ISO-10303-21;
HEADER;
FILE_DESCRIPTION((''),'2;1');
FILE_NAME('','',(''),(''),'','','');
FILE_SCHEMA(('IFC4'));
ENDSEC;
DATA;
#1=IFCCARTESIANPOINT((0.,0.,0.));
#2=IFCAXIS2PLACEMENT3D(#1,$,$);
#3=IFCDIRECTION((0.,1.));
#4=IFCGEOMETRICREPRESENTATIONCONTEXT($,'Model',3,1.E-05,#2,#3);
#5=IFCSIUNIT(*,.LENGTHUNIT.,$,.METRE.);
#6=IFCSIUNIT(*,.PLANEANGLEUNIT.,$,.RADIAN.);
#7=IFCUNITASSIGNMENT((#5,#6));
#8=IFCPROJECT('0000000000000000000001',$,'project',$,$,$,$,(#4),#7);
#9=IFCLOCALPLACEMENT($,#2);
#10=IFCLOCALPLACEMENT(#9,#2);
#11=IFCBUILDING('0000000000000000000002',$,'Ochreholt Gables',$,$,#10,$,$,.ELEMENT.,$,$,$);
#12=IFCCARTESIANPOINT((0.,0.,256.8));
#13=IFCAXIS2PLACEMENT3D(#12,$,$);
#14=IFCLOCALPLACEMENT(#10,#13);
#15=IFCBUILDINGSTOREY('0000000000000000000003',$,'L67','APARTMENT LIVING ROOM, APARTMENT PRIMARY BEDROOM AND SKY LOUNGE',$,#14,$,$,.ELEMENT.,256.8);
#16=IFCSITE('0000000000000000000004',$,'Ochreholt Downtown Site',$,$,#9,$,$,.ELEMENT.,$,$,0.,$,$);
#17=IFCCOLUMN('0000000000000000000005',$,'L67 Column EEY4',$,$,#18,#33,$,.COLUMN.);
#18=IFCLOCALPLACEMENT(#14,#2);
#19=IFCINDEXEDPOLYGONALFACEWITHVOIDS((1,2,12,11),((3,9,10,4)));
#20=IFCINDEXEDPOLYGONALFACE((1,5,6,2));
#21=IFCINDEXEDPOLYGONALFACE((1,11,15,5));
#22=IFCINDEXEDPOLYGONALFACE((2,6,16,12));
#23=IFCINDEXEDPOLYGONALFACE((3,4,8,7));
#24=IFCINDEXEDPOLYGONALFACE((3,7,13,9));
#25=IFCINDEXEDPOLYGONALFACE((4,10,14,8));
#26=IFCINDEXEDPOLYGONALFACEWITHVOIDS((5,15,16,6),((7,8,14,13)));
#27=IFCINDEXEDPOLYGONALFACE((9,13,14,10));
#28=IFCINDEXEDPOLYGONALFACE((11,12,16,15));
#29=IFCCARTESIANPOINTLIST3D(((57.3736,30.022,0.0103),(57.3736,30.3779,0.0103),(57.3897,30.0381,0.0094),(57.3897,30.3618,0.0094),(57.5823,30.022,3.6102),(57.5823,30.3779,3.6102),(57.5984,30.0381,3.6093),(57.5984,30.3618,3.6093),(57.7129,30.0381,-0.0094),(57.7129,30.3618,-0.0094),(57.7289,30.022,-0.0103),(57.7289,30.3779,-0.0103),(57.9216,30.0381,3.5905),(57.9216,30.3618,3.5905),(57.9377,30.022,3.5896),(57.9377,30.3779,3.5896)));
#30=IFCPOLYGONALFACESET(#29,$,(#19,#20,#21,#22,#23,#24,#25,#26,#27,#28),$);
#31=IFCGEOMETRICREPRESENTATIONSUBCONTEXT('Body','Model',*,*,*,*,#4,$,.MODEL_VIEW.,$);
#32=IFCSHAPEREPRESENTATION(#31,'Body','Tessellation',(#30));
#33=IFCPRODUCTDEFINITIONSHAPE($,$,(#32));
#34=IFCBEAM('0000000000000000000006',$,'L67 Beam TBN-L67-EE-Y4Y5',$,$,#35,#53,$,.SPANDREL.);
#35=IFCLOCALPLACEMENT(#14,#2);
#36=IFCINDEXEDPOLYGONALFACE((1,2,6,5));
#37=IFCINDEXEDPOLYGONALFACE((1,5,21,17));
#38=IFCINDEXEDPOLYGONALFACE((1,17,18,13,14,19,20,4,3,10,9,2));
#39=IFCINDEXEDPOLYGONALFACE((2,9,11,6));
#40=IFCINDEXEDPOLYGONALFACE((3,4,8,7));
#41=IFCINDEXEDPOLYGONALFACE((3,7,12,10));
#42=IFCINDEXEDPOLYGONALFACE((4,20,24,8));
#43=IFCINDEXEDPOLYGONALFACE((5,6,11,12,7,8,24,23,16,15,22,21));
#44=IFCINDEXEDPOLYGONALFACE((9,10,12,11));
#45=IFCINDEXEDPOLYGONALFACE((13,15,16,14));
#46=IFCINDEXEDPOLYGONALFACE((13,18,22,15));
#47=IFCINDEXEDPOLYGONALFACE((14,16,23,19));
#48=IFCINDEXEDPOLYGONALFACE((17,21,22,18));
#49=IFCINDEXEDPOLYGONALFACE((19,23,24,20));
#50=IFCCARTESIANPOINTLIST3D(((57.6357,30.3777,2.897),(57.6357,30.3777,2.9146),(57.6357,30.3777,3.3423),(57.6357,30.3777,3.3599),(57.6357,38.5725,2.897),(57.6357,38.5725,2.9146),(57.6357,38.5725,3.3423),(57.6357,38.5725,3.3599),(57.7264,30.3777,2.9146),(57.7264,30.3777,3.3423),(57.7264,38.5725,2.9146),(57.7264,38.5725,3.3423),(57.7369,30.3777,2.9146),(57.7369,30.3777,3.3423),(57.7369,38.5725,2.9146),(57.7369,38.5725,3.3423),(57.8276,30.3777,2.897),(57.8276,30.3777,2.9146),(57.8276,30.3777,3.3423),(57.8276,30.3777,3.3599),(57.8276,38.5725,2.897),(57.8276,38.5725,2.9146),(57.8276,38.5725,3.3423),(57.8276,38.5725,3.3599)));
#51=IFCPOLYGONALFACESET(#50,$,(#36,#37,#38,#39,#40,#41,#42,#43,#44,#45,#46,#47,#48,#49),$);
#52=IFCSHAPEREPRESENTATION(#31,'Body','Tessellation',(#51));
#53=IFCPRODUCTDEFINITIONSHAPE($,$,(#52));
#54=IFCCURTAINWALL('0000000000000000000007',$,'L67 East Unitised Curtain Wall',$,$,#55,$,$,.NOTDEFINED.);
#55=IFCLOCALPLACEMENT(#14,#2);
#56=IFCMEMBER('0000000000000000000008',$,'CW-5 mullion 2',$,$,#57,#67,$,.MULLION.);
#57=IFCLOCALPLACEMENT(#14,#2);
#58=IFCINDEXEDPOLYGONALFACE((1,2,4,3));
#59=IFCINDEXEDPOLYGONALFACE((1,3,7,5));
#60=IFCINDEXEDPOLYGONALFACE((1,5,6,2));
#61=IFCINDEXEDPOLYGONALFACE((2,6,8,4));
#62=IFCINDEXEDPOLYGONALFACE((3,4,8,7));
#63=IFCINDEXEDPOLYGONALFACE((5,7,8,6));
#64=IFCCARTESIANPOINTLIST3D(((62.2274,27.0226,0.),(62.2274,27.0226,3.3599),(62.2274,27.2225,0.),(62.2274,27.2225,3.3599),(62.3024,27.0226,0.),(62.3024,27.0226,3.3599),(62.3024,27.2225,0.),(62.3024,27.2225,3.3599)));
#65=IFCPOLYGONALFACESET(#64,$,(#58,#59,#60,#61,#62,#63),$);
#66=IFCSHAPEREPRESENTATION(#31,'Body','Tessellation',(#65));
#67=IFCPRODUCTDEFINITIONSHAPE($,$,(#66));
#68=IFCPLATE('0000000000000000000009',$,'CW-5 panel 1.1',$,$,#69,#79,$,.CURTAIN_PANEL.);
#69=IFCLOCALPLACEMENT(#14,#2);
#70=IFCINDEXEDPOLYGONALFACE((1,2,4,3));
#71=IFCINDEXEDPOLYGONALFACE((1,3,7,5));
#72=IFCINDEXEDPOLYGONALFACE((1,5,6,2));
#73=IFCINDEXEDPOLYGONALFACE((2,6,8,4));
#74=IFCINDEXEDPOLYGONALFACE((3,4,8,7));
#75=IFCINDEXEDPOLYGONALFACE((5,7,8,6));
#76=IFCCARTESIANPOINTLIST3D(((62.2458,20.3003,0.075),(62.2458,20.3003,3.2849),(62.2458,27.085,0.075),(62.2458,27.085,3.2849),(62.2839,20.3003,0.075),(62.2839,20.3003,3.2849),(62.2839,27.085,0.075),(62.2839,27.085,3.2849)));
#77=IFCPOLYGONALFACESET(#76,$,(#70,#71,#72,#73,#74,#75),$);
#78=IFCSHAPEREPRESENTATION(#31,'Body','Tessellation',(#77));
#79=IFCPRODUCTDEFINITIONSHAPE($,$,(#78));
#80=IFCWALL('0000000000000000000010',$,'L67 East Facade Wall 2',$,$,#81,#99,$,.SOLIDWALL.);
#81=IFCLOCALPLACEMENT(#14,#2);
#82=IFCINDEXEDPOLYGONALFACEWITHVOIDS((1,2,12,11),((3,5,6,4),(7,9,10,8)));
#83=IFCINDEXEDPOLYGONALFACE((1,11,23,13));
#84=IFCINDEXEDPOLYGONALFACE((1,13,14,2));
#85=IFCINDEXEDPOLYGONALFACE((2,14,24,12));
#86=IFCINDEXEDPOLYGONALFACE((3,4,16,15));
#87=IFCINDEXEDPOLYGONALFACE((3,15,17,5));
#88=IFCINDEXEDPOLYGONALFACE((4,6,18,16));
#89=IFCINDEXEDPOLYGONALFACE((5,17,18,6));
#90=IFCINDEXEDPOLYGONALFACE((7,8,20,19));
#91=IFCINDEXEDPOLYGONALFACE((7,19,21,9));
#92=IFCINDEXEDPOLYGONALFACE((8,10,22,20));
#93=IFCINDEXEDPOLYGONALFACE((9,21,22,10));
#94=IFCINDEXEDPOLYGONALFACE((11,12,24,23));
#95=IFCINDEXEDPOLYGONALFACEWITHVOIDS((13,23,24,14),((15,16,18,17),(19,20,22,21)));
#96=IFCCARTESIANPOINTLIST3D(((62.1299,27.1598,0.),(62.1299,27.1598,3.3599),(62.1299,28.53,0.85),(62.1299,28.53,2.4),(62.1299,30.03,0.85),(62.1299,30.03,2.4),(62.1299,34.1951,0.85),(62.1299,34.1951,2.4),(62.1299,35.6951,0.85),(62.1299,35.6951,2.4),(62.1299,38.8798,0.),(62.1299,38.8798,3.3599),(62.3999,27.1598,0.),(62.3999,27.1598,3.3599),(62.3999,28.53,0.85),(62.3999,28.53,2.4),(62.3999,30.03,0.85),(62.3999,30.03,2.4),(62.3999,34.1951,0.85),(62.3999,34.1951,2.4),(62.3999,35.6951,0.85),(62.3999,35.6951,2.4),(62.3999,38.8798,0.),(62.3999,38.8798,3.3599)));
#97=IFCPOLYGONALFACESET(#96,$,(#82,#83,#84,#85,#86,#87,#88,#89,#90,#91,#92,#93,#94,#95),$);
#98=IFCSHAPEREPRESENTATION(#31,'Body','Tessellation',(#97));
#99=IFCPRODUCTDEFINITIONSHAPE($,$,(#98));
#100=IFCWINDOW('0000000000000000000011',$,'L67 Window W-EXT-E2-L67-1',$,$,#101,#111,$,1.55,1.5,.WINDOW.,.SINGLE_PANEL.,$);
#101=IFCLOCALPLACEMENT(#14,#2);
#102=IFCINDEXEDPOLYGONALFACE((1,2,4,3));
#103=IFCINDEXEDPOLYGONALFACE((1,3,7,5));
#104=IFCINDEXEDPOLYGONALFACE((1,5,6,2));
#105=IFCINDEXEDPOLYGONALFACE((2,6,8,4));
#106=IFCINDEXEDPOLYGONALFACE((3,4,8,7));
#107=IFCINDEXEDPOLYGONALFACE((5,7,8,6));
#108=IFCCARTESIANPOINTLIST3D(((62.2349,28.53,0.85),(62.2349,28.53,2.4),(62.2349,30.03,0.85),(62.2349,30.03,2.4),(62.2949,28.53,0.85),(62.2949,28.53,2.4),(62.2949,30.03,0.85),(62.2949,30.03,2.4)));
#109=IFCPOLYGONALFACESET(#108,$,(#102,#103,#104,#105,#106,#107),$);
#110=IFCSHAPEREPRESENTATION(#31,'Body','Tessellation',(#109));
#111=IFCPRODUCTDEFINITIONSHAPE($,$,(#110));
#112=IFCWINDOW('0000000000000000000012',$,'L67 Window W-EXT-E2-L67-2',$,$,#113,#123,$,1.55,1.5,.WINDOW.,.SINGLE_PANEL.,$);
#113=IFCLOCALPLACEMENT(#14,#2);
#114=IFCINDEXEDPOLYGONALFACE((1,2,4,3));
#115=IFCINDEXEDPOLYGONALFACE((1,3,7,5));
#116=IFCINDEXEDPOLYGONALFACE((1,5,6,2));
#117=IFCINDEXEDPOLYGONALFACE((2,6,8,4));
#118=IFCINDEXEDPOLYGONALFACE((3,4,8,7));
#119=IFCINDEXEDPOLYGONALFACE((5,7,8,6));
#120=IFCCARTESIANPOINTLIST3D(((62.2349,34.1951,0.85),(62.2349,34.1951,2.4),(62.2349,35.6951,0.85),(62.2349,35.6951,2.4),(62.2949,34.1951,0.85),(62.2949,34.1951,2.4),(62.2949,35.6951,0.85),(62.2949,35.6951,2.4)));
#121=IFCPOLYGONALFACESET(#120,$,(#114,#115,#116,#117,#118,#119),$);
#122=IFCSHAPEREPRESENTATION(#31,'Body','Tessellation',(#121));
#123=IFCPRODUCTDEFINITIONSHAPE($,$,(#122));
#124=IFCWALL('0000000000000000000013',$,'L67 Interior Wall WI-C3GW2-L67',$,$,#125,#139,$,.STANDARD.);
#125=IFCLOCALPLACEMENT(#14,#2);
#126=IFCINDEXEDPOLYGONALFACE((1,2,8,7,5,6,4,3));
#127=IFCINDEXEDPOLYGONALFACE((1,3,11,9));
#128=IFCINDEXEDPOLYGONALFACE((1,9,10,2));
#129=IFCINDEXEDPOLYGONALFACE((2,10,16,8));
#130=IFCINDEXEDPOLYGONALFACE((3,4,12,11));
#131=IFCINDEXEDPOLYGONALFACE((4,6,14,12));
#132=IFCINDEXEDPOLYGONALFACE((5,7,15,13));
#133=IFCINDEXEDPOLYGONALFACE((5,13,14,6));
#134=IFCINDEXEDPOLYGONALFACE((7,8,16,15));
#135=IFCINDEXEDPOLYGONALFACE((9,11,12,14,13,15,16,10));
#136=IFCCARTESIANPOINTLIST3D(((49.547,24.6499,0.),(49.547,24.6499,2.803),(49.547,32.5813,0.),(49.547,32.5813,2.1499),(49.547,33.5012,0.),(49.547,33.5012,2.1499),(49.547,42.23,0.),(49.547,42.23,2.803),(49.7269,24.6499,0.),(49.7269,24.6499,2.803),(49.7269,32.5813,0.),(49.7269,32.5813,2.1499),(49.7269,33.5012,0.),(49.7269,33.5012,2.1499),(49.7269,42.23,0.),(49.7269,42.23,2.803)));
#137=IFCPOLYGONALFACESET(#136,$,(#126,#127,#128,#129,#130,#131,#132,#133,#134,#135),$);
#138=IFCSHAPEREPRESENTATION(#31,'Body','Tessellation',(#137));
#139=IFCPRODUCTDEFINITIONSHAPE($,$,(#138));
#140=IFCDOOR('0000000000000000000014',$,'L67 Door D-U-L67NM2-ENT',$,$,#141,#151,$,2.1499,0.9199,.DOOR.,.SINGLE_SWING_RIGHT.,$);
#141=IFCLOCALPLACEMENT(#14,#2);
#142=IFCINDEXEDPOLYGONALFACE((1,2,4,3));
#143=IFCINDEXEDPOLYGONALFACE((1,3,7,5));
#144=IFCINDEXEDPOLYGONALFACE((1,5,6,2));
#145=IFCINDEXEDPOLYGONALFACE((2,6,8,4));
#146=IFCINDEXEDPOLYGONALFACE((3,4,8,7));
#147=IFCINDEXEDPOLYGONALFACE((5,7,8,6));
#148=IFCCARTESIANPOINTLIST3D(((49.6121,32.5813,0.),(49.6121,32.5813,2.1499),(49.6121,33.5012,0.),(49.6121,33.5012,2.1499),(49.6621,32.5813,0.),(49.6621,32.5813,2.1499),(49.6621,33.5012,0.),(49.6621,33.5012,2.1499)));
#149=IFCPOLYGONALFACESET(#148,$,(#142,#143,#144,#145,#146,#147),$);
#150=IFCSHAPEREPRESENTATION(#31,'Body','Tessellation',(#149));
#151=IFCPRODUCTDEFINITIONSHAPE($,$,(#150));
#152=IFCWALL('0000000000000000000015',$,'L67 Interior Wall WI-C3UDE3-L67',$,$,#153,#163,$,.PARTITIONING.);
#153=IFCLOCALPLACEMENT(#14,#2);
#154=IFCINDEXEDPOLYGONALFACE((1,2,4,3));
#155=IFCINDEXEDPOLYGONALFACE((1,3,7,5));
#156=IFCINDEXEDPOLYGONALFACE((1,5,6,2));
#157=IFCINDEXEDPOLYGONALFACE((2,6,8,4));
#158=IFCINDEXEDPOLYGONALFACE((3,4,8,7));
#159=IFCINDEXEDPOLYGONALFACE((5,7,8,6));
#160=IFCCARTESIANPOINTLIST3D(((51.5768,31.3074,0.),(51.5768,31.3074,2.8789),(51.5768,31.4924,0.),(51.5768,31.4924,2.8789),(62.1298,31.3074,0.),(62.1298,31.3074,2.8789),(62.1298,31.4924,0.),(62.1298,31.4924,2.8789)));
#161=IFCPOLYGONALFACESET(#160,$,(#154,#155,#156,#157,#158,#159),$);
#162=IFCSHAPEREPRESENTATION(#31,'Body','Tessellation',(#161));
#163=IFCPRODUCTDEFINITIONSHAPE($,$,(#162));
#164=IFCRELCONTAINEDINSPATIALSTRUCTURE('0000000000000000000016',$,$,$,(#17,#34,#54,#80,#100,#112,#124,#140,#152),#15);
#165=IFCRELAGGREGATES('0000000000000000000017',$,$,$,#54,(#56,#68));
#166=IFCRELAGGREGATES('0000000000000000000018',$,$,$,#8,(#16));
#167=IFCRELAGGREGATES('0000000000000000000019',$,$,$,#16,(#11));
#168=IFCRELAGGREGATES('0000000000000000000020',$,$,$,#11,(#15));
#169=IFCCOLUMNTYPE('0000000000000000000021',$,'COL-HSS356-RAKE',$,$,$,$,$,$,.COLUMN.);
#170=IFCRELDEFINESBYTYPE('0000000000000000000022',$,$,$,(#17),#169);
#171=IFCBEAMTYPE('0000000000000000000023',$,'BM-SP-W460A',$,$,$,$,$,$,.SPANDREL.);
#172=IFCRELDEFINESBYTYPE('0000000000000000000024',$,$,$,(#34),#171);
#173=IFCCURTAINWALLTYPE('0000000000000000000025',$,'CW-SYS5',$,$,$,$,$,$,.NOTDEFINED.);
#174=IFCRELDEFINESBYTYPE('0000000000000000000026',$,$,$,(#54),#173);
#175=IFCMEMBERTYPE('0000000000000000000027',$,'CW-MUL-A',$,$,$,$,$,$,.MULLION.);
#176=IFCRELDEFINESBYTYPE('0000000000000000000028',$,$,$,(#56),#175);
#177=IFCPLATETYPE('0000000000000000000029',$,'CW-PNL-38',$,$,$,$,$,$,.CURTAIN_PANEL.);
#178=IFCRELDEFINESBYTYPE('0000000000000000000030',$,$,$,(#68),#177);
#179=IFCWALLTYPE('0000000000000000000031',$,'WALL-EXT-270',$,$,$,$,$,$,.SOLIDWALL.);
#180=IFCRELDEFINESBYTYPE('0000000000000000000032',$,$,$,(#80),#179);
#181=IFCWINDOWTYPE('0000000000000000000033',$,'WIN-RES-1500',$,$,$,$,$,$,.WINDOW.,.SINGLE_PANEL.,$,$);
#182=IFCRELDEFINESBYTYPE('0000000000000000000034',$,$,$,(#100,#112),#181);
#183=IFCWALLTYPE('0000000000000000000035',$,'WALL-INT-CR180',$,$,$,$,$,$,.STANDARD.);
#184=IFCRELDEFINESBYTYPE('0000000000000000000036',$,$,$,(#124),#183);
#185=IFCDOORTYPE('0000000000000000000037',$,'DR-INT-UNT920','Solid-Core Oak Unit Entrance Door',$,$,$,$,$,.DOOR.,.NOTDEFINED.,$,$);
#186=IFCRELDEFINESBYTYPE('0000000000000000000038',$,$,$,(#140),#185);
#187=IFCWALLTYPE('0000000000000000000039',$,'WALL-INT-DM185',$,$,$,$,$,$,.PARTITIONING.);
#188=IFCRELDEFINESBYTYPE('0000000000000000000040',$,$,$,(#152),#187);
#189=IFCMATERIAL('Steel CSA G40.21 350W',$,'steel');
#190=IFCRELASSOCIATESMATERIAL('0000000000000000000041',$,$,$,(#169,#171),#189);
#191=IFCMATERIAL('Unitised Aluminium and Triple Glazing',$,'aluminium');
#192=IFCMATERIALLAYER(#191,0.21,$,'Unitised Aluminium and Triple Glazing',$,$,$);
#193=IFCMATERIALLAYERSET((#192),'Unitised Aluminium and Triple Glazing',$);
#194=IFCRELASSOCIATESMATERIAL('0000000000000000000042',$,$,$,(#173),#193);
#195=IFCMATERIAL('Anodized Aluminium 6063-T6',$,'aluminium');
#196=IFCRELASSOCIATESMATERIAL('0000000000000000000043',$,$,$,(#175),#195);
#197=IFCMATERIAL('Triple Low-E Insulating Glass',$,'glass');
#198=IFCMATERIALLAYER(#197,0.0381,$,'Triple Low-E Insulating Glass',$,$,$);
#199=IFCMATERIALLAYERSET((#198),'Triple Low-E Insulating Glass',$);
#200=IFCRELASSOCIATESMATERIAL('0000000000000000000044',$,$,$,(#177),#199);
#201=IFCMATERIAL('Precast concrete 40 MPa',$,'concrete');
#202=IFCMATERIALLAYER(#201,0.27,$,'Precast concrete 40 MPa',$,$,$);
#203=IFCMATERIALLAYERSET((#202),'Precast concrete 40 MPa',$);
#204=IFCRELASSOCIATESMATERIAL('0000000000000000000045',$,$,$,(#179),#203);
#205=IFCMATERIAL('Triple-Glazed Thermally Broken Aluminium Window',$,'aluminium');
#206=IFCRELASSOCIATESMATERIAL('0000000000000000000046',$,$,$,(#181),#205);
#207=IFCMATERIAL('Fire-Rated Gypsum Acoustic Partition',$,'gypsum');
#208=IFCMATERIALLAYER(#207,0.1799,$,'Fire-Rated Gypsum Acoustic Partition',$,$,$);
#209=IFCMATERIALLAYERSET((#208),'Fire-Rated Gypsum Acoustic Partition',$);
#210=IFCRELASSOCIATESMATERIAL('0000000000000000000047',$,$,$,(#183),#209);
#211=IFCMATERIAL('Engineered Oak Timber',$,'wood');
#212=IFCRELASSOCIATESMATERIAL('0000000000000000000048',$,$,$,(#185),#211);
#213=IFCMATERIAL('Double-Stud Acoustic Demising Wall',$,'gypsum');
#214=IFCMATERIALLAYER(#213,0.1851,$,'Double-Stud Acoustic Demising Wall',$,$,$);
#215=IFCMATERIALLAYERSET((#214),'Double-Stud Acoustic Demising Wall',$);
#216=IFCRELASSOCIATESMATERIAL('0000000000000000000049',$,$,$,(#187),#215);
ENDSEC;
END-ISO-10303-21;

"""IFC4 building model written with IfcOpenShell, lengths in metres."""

from ifc_helpers import new_model, si_unit, direction, frame, frame_2d, origin, origin_2d, place, context, subcontext, project, spatial, rectangle, hollow_rectangle, i_section, extrude, material, layer, layer_set, material_profile, profile_set, type_object, element, fill, aggregate, save


model = new_model("IFC4")

# Units and contexts
model_context = context("Model", 3, precision=1e-05, world=origin(), true_north=direction((0.0, 1.0)))
body_context = subcontext(model_context, "Body", "Model", "MODEL_VIEW")
ifc_project = project(units=[si_unit("LENGTHUNIT", "METRE"), si_unit("PLANEANGLEUNIT", "RADIAN")], contexts=[model_context])

# Site, building, storey
site_placement = place(None, origin())
site = spatial("IfcSite", under=ifc_project, at=site_placement, Name="Ochreholt Downtown Site", CompositionType="ELEMENT", RefElevation=0.0)
building_placement = place(site_placement, origin())
building = spatial("IfcBuilding", under=site, at=building_placement, Name="Ochreholt Gables", CompositionType="ELEMENT")
storey_placement = place(building_placement, frame((0.0, 0.0, 256.8)))
storey = spatial("IfcBuildingStorey", under=building, at=storey_placement, Name="L67", Description="APARTMENT LIVING ROOM, APARTMENT PRIMARY BEDROOM AND SKY LOUNGE", CompositionType="ELEMENT", Elevation=256.8)

# Column
ifc_material_1 = material(Name="Steel CSA G40.21 350W", Category="steel")
ifc_material_profile_1 = material_profile(ifc_material_1, hollow_rectangle(XDim=0.356, YDim=0.356, WallThickness=0.0161, at=origin_2d()), Name="HSS356X356X16")
ifc_profile_set_1 = profile_set([ifc_material_profile_1], Name="Steel CSA G40.21 350W")
column_type = type_object("IfcColumnType", Name="COL-HSS356-RAKE", PredefinedType="COLUMN", material=ifc_profile_set_1)
column_placement = place(storey_placement, frame((57.5513, 30.2, 0.0), z_axis=(0.057889, 0.0, 0.998323), x_axis=(0.0, 1.0, 0.0)))
element("IfcColumn", 1, at=column_placement, inside=storey, type_object=column_type, Name="L67 Column EEY4", PredefinedType="COLUMN", context=body_context, shape_type="SweptSolid", body=[
    extrude(hollow_rectangle(XDim=0.356, YDim=0.356, WallThickness=0.0161, at=origin_2d()), origin(), (0.0, 0.0, 1.0), 3.606),
])

# Beam
ifc_material_profile_2 = material_profile(ifc_material_1, i_section(OverallWidth=0.1919, OverallDepth=0.4629, WebThickness=0.0105, FlangeThickness=0.0176, at=origin_2d()), Name="W460X89")
ifc_profile_set_2 = profile_set([ifc_material_profile_2], Name="Steel CSA G40.21 350W")
beam_type = type_object("IfcBeamType", Name="BM-SP-W460A", PredefinedType="SPANDREL", material=ifc_profile_set_2)
beam_placement = place(storey_placement, frame((57.7317, 30.3777, 3.1284), z_axis=(0.0, 1.0, 0.0), x_axis=(-1.0, 0.0, 0.0)))
element("IfcBeam", 2, at=beam_placement, inside=storey, type_object=beam_type, Name="L67 Beam TBN-L67-EE-Y4Y5", PredefinedType="SPANDREL", context=body_context, shape_type="SweptSolid", body=[
    extrude(i_section(OverallWidth=0.1919, OverallDepth=0.4629, WebThickness=0.0105, FlangeThickness=0.0176, at=origin_2d()), origin(), (0.0, 0.0, 1.0), 8.1948),
])

# Curtain wall, member, plate
ifc_material_2 = material(Name="Unitised Aluminium and Triple Glazing", Category="aluminium")
ifc_layer_1 = layer(ifc_material_2, 0.21, Name="Unitised Aluminium and Triple Glazing")
ifc_layer_set_1 = layer_set([ifc_layer_1], Name="Unitised Aluminium and Triple Glazing")
curtain_wall_type = type_object("IfcCurtainWallType", Name="CW-SYS5", PredefinedType="NOTDEFINED", material=ifc_layer_set_1)
curtain_wall_placement = place(storey_placement, origin())
curtain_wall = element("IfcCurtainWall", 3, at=curtain_wall_placement, inside=storey, type_object=curtain_wall_type, Name="L67 East Unitised Curtain Wall", PredefinedType="NOTDEFINED")
ifc_material_3 = material(Name="Anodized Aluminium 6063-T6", Category="aluminium")
ifc_material_profile_3 = material_profile(ifc_material_3, rectangle(XDim=0.075, YDim=0.2, at=origin_2d()), Name="CWM75X200")
ifc_profile_set_3 = profile_set([ifc_material_profile_3], Name="Anodized Aluminium 6063-T6")
member_type = type_object("IfcMemberType", Name="CW-MUL-A", PredefinedType="MULLION", material=ifc_profile_set_3)
member_placement = place(storey_placement, frame((62.2649, 27.1226, 0.0), z_axis=(0.0, 0.0, 1.0), x_axis=(-1.0, 0.0, 0.0)))
member = element("IfcMember", 4, at=member_placement, type_object=member_type, Name="CW-5 mullion 2", PredefinedType="MULLION", context=body_context, shape_type="SweptSolid", body=[
    extrude(rectangle(XDim=0.075, YDim=0.2, at=origin_2d()), origin(), (0.0, 0.0, 1.0), 3.3599),
])
ifc_material_4 = material(Name="Triple Low-E Insulating Glass", Category="glass")
ifc_layer_2 = layer(ifc_material_4, 0.0381, Name="Triple Low-E Insulating Glass")
ifc_layer_set_2 = layer_set([ifc_layer_2], Name="Triple Low-E Insulating Glass")
plate_type = type_object("IfcPlateType", Name="CW-PNL-38", PredefinedType="CURTAIN_PANEL", material=ifc_layer_set_2)
plate_placement = place(storey_placement, frame((62.2649, 23.6926, 0.075), z_axis=(0.0, 0.0, 1.0), x_axis=(0.0, 1.0, 0.0)))
plate = element("IfcPlate", 5, at=plate_placement, type_object=plate_type, Name="CW-5 panel 1.1", PredefinedType="CURTAIN_PANEL", context=body_context, shape_type="SweptSolid", body=[
    extrude(rectangle(XDim=6.7847, YDim=0.0381, at=origin_2d()), origin(), (0.0, 0.0, 1.0), 3.21),
])
aggregate(curtain_wall, [member, plate])

# Wall, openings, windows
ifc_material_5 = material(Name="Precast concrete 40 MPa", Category="concrete")
ifc_layer_3 = layer(ifc_material_5, 0.27, Name="Precast concrete 40 MPa")
ifc_layer_set_3 = layer_set([ifc_layer_3], Name="Precast concrete 40 MPa")
wall_type_1 = type_object("IfcWallType", Name="WALL-EXT-270", PredefinedType="SOLIDWALL", material=ifc_layer_set_3)
wall_1_placement = place(storey_placement, frame((62.2649, 27.1599, 0.0), z_axis=(0.0, 0.0, 1.0), x_axis=(0.0, 1.0, 0.0)))
wall_1 = element("IfcWall", 6, at=wall_1_placement, inside=storey, type_object=wall_type_1, Name="L67 East Facade Wall 2", PredefinedType="SOLIDWALL", context=body_context, shape_type="SweptSolid", body=[
    extrude(rectangle(XDim=11.72, YDim=0.27, at=frame_2d((5.8599, 0.0))), origin(), (0.0, 0.0, 1.0), 3.3599),
])
opening_1_placement = place(wall_1_placement, frame((1.3701, 0.0, 0.8501)))
opening_1 = element("IfcOpeningElement", 7, at=opening_1_placement, cuts=wall_1, PredefinedType="OPENING", context=body_context, shape_type="SweptSolid", body=[
    extrude(rectangle(XDim=1.5, YDim=1.55, at=frame_2d((0.75, 0.7749))), frame((0.0, 0.145, 0.0), z_axis=(0.0, -1.0, 0.0), x_axis=(1.0, 0.0, 0.0)), (0.0, 0.0, 1.0), 0.29),
])
opening_2_placement = place(wall_1_placement, frame((7.0352, 0.0, 0.8501)))
opening_2 = element("IfcOpeningElement", 8, at=opening_2_placement, cuts=wall_1, PredefinedType="OPENING", context=body_context, shape_type="SweptSolid", body=[
    extrude(rectangle(XDim=1.5, YDim=1.55, at=frame_2d((0.75, 0.7749))), frame((0.0, 0.145, 0.0), z_axis=(0.0, -1.0, 0.0), x_axis=(1.0, 0.0, 0.0)), (0.0, 0.0, 1.0), 0.29),
])
ifc_material_6 = material(Name="Triple-Glazed Thermally Broken Aluminium Window", Category="aluminium")
window_type = type_object("IfcWindowType", Name="WIN-RES-1500", PartitioningType="SINGLE_PANEL", PredefinedType="WINDOW", material=ifc_material_6)
window_1_placement = place(opening_1_placement, origin())
window_1 = element("IfcWindow", 9, at=window_1_placement, inside=storey, type_object=window_type, Name="L67 Window W-EXT-E2-L67-1", OverallHeight=1.55, OverallWidth=1.5, PartitioningType="SINGLE_PANEL", PredefinedType="WINDOW", context=body_context, shape_type="SweptSolid", body=[
    extrude(rectangle(XDim=1.5, YDim=1.55, at=frame_2d((0.75, 0.7749))), frame((0.0, 0.03, 0.0), z_axis=(0.0, -1.0, 0.0), x_axis=(1.0, 0.0, 0.0)), (0.0, 0.0, 1.0), 0.0601),
])
fill(opening_1, window_1)
window_2_placement = place(opening_2_placement, origin())
window_2 = element("IfcWindow", 10, at=window_2_placement, inside=storey, type_object=window_type, Name="L67 Window W-EXT-E2-L67-2", OverallHeight=1.55, OverallWidth=1.5, PartitioningType="SINGLE_PANEL", PredefinedType="WINDOW", context=body_context, shape_type="SweptSolid", body=[
    extrude(rectangle(XDim=1.5, YDim=1.55, at=frame_2d((0.75, 0.7749))), frame((0.0, 0.03, 0.0), z_axis=(0.0, -1.0, 0.0), x_axis=(1.0, 0.0, 0.0)), (0.0, 0.0, 1.0), 0.0601),
])
fill(opening_2, window_2)

# Wall, opening, door
ifc_material_7 = material(Name="Fire-Rated Gypsum Acoustic Partition", Category="gypsum")
ifc_layer_4 = layer(ifc_material_7, 0.1799, Name="Fire-Rated Gypsum Acoustic Partition")
ifc_layer_set_4 = layer_set([ifc_layer_4], Name="Fire-Rated Gypsum Acoustic Partition")
wall_type_2 = type_object("IfcWallType", Name="WALL-INT-CR180", PredefinedType="STANDARD", material=ifc_layer_set_4)
wall_2_placement = place(storey_placement, frame((49.637, 24.6499, 0.0), z_axis=(0.0, 0.0, 1.0), x_axis=(0.0, 1.0, 0.0)))
wall_2 = element("IfcWall", 11, at=wall_2_placement, inside=storey, type_object=wall_type_2, Name="L67 Interior Wall WI-C3GW2-L67", PredefinedType="STANDARD", context=body_context, shape_type="SweptSolid", body=[
    extrude(rectangle(XDim=17.5801, YDim=0.1799, at=frame_2d((8.79, 0.0))), origin(), (0.0, 0.0, 1.0), 2.803),
])
opening_3_placement = place(wall_2_placement, frame((7.9314, 0.0, 0.0)))
opening_3 = element("IfcOpeningElement", 12, at=opening_3_placement, cuts=wall_2, PredefinedType="OPENING", context=body_context, shape_type="SweptSolid", body=[
    extrude(rectangle(XDim=0.9199, YDim=2.1499, at=frame_2d((0.46, 1.075))), frame((0.0, 0.0999, 0.0), z_axis=(0.0, -1.0, 0.0), x_axis=(1.0, 0.0, 0.0)), (0.0, 0.0, 1.0), 0.2),
])
ifc_material_8 = material(Name="Engineered Oak Timber", Category="wood")
door_type_1 = type_object("IfcDoorType", Name="DR-INT-UNT920", Description="Solid-Core Oak Unit Entrance Door", OperationType="NOTDEFINED", PredefinedType="DOOR", material=ifc_material_8)
door_1_placement = place(opening_3_placement, origin())
door_1 = element("IfcDoor", 13, at=door_1_placement, inside=storey, type_object=door_type_1, Name="L67 Door D-U-L67NM2-ENT", OperationType="SINGLE_SWING_RIGHT", OverallHeight=2.1499, OverallWidth=0.9199, PredefinedType="DOOR", context=body_context, shape_type="SweptSolid", body=[
    extrude(rectangle(XDim=0.9199, YDim=2.1499, at=frame_2d((0.46, 1.075))), frame((0.0, 0.0249, 0.0), z_axis=(0.0, -1.0, 0.0), x_axis=(1.0, 0.0, 0.0)), (0.0, 0.0, 1.0), 0.05),
])
fill(opening_3, door_1)

# Wall
ifc_material_9 = material(Name="Double-Stud Acoustic Demising Wall", Category="gypsum")
ifc_layer_5 = layer(ifc_material_9, 0.1851, Name="Double-Stud Acoustic Demising Wall")
ifc_layer_set_5 = layer_set([ifc_layer_5], Name="Double-Stud Acoustic Demising Wall")
wall_type_3 = type_object("IfcWallType", Name="WALL-INT-DM185", PredefinedType="PARTITIONING", material=ifc_layer_set_5)
wall_3_placement = place(storey_placement, frame((51.5769, 31.3999, 0.0), z_axis=(0.0, 0.0, 1.0), x_axis=(1.0, 0.0, 0.0)))
element("IfcWall", 14, at=wall_3_placement, inside=storey, type_object=wall_type_3, Name="L67 Interior Wall WI-C3UDE3-L67", PredefinedType="PARTITIONING", context=body_context, shape_type="SweptSolid", body=[
    extrude(rectangle(XDim=10.553, YDim=0.1851, at=frame_2d((5.2764, 0.0))), origin(), (0.0, 0.0, 1.0), 2.8789),
])

save(model, "model.ifc")
